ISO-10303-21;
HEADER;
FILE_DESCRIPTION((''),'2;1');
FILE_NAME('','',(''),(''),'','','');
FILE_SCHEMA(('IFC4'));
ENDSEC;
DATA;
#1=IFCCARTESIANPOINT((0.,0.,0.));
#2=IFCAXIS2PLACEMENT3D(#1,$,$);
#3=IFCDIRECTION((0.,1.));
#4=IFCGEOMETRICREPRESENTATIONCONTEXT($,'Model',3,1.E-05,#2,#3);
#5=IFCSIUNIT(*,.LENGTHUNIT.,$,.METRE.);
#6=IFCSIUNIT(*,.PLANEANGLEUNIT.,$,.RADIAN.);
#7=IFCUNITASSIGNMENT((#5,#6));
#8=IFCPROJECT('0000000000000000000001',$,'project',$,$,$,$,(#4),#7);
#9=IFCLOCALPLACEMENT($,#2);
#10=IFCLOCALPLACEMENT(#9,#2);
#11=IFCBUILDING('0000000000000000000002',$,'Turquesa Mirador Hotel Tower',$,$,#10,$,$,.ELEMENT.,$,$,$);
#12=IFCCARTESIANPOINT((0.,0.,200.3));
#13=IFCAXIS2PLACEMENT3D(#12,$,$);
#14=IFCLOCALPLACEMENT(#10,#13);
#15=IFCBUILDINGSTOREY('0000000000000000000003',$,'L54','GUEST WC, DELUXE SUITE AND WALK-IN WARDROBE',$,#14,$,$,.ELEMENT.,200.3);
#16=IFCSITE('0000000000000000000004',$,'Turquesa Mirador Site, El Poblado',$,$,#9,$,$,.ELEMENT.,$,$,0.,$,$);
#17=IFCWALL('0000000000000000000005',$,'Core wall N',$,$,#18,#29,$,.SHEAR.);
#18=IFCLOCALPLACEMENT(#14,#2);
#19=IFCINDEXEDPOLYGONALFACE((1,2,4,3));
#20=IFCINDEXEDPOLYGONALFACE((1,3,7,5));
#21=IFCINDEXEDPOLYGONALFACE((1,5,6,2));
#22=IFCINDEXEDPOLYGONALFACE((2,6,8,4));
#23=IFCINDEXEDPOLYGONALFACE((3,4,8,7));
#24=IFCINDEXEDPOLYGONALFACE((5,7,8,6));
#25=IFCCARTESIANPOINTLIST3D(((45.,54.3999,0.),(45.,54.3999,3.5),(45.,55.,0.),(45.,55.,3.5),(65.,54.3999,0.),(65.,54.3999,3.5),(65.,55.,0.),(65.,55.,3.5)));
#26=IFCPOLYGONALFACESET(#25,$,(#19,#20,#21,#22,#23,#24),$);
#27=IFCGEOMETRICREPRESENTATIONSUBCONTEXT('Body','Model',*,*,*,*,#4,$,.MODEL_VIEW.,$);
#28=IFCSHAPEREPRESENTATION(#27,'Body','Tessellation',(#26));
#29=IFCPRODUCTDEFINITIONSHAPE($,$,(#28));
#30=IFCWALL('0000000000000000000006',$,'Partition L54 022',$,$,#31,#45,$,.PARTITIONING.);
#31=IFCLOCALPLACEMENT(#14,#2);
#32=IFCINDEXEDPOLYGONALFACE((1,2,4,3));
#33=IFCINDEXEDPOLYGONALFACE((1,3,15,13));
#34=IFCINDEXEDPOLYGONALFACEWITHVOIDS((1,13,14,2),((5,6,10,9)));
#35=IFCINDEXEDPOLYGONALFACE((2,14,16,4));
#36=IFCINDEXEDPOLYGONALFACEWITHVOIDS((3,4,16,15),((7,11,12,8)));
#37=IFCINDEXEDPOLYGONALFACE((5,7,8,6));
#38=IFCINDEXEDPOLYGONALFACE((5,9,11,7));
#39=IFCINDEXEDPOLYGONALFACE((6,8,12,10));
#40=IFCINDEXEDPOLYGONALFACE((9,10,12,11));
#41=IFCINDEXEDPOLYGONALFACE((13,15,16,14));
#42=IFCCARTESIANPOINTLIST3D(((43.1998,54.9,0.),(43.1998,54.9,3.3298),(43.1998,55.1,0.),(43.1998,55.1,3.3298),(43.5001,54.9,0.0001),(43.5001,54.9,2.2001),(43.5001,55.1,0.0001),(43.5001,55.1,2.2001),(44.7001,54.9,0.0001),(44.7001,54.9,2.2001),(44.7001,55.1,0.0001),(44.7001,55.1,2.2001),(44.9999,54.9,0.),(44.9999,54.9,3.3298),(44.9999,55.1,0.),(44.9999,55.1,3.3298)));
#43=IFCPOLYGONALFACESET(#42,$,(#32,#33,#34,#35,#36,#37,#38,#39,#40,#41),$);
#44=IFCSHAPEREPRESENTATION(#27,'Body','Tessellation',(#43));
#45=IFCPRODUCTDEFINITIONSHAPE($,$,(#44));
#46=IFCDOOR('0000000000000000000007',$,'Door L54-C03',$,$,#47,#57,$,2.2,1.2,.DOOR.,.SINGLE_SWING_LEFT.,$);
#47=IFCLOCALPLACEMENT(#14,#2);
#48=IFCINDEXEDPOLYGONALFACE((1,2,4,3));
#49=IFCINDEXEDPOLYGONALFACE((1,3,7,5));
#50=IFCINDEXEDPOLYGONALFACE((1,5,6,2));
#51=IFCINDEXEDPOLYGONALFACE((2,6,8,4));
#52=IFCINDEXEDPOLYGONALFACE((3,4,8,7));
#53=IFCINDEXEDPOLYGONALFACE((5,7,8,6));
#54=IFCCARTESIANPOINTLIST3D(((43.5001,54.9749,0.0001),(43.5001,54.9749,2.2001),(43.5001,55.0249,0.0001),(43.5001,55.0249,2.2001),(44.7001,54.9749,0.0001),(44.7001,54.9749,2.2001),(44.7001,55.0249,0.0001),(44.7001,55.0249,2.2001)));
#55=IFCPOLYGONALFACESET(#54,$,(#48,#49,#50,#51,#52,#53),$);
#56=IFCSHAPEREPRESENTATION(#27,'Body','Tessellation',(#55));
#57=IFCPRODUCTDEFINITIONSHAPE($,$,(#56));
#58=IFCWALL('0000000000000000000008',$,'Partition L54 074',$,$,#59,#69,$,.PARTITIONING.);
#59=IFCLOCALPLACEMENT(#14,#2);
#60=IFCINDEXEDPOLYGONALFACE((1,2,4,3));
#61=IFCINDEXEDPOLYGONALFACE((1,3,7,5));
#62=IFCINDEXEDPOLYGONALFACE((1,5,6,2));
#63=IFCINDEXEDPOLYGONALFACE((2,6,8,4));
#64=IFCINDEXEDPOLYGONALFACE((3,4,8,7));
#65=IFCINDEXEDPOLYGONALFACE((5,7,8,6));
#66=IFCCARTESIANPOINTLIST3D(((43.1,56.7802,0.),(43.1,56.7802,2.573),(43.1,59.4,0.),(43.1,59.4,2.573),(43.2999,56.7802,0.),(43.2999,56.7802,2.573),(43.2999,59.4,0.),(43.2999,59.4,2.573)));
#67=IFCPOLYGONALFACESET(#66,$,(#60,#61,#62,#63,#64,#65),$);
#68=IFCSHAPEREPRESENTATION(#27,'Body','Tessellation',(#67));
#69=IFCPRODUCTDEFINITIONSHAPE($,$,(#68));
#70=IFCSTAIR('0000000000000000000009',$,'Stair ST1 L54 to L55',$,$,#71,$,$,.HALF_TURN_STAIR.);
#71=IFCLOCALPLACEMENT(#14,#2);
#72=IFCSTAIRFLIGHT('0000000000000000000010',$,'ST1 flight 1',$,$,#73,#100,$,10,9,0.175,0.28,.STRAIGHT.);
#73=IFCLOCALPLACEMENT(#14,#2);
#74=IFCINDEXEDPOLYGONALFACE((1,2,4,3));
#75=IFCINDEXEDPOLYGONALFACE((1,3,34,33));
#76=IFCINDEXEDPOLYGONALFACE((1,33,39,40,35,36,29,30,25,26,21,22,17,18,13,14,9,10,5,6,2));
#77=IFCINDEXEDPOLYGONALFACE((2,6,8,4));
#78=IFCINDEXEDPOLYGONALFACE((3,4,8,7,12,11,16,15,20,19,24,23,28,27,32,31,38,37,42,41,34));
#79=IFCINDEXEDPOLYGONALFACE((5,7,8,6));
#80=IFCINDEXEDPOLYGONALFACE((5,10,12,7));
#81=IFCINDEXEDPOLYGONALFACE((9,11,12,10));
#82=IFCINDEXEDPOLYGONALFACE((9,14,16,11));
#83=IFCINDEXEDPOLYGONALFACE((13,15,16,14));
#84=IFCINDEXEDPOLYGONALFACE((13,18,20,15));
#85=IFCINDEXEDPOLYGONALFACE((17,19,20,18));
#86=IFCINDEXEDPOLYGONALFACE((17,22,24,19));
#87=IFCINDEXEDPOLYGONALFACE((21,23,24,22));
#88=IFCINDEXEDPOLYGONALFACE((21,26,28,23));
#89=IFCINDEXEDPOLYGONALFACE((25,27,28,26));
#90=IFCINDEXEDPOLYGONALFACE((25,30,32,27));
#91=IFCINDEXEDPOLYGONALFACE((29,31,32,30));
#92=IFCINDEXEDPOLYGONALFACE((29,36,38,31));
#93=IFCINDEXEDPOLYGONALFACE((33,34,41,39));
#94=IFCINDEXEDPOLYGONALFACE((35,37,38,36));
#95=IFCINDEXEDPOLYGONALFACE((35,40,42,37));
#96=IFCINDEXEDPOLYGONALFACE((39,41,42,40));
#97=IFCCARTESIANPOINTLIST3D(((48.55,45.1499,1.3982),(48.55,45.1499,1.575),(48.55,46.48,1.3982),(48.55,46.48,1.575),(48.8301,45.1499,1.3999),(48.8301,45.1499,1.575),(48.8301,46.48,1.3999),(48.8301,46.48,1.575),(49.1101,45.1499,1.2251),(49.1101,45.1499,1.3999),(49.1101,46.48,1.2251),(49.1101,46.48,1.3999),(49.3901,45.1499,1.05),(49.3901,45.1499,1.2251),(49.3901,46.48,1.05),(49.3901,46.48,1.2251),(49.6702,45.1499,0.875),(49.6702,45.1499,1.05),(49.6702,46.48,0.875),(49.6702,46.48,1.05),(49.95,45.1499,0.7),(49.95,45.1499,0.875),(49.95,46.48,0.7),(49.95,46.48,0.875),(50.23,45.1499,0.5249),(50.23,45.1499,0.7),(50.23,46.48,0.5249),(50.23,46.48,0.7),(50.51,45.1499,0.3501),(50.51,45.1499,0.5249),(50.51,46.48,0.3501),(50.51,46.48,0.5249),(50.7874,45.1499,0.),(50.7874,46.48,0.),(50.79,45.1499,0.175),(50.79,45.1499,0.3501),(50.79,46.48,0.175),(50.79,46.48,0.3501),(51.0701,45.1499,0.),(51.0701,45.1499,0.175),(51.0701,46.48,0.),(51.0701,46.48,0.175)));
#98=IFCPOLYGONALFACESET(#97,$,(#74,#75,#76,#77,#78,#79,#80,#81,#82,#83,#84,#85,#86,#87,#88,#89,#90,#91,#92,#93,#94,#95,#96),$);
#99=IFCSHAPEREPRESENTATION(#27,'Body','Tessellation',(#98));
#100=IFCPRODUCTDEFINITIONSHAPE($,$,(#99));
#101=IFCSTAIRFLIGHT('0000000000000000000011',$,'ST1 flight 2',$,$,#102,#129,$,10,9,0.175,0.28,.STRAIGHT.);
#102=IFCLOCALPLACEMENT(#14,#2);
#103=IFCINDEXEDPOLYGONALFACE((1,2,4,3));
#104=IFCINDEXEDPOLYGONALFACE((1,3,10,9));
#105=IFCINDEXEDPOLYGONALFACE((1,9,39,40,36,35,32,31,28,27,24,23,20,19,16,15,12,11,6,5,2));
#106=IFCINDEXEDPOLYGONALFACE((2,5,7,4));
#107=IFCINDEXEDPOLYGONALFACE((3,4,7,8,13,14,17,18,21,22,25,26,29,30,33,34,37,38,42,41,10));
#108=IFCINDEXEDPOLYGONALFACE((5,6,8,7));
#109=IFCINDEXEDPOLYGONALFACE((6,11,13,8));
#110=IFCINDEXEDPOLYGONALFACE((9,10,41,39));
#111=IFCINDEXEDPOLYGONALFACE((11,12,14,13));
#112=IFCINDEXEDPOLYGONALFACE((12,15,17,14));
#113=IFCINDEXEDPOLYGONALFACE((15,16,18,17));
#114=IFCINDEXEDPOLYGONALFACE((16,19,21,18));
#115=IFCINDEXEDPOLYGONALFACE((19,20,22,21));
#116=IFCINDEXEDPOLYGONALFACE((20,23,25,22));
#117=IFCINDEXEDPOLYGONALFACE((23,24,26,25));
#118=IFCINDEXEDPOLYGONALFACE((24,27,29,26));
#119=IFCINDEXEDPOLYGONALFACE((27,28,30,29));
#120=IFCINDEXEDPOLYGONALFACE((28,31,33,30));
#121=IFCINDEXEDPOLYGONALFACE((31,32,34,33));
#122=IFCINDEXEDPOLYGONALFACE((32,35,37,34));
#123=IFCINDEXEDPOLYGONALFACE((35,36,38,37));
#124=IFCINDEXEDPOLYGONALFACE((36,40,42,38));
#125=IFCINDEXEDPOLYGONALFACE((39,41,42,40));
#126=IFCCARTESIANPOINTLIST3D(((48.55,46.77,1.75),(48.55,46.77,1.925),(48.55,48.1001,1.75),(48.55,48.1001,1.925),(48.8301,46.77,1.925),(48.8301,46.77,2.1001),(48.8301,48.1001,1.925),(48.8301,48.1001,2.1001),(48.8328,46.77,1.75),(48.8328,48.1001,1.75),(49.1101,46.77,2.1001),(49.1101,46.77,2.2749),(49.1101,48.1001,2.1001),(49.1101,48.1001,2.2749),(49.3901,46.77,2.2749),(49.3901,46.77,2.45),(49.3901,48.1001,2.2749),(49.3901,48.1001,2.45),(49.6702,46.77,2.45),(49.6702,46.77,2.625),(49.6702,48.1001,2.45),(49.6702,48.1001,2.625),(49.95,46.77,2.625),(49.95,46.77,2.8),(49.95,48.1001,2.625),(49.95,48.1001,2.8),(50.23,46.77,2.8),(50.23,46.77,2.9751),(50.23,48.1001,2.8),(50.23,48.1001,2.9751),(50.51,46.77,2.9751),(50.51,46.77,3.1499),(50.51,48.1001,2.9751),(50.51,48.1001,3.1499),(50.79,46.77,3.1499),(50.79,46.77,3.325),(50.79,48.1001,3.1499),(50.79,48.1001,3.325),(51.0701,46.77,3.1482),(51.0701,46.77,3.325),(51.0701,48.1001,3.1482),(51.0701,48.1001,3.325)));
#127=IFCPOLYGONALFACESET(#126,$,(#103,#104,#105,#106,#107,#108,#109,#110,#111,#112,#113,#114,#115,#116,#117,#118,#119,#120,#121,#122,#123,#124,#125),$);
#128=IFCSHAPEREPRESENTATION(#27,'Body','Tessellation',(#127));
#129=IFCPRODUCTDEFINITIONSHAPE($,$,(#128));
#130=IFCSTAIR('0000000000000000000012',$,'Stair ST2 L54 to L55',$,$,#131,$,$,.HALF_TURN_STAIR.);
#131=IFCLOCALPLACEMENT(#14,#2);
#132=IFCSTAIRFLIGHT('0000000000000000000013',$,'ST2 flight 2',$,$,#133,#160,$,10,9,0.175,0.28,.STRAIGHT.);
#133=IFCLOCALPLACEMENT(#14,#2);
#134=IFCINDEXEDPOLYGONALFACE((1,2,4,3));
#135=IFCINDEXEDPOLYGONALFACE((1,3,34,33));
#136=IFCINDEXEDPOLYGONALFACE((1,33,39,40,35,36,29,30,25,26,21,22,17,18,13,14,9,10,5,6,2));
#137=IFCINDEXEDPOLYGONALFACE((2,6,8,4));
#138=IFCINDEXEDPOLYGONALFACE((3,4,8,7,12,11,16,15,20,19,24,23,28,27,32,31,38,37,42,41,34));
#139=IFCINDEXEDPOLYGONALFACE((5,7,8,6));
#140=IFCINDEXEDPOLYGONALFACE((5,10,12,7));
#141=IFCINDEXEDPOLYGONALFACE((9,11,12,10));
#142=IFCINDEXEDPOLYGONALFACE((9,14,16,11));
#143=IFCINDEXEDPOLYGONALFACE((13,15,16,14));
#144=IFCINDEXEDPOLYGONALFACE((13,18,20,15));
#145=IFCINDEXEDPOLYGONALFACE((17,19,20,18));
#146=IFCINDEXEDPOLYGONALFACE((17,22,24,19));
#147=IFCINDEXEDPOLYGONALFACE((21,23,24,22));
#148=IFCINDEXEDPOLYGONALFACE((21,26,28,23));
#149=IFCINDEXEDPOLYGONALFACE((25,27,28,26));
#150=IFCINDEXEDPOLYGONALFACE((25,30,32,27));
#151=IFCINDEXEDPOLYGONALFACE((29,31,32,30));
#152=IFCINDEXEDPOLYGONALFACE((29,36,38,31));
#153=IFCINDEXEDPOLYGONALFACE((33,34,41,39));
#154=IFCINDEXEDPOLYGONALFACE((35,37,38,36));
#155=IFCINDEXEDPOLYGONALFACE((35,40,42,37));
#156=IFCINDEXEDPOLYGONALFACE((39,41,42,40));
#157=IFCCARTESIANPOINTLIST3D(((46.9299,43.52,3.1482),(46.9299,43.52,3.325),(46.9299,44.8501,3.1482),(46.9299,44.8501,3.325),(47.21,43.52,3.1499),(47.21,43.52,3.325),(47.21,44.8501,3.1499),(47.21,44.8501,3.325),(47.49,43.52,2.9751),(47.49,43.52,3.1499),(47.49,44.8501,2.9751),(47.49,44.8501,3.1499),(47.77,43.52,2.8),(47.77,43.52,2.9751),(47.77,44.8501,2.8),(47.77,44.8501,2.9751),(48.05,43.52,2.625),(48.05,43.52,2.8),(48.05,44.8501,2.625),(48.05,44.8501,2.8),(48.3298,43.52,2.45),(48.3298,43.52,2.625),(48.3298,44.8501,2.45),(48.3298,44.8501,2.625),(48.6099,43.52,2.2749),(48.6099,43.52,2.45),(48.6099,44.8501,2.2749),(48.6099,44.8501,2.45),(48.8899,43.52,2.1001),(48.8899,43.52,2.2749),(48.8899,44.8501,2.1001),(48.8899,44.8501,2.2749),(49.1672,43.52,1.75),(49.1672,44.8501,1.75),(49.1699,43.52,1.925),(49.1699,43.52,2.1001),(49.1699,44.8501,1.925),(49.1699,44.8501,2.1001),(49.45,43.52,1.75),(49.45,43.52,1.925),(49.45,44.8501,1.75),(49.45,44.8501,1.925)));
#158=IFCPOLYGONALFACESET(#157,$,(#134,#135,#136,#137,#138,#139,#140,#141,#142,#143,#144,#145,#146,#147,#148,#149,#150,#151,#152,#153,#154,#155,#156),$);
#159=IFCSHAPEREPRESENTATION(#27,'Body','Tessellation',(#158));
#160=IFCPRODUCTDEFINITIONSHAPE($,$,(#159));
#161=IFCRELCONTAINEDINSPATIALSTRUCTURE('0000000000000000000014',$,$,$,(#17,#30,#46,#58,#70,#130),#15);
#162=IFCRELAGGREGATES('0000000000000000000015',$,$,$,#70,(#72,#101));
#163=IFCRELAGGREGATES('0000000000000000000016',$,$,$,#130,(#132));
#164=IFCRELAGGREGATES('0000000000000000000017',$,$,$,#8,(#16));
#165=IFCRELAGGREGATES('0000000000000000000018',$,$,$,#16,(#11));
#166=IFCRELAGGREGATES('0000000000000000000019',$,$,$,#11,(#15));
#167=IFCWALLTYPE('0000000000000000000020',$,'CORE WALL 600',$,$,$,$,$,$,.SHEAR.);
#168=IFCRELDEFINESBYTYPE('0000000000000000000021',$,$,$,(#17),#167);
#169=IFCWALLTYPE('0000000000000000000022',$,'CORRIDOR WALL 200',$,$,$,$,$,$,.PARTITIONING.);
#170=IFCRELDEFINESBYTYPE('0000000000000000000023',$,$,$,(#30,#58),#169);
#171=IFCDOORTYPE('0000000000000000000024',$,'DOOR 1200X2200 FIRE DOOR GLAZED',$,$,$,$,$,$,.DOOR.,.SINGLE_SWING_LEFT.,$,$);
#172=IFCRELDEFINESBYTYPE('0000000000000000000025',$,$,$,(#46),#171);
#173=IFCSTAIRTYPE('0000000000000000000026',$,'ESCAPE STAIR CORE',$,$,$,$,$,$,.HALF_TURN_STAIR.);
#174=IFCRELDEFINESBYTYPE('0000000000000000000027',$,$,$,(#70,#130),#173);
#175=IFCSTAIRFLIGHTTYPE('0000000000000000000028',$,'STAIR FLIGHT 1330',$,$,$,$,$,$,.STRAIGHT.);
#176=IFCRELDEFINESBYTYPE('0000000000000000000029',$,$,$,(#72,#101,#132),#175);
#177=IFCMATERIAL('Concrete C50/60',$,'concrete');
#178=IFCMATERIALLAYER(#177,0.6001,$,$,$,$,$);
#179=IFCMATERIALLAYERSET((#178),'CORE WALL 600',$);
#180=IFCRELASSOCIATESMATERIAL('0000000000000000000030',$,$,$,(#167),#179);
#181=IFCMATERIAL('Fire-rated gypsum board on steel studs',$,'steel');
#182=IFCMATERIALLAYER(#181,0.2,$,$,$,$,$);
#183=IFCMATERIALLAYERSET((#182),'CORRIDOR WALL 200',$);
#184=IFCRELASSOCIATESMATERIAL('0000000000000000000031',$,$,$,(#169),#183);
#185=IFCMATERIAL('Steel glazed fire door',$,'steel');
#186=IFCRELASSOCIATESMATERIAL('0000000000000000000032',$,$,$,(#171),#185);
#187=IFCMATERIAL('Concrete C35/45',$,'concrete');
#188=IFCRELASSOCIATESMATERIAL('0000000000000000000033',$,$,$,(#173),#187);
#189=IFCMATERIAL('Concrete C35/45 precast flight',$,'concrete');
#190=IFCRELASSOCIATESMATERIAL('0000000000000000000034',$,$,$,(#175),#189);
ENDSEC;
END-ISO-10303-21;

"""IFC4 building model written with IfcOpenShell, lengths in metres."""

from ifc_helpers import new_model, si_unit, direction, frame, frame_2d, origin, place, context, subcontext, project, spatial, polyline, rectangle, outline, extrude, material, layer, layer_set, type_object, element, fill, aggregate, save


model = new_model("IFC4")

# Units and contexts
model_context = context("Model", 3, precision=1e-05, world=origin(), true_north=direction((0.0, 1.0)))
body_context = subcontext(model_context, "Body", "Model", "MODEL_VIEW")
ifc_project = project(units=[si_unit("LENGTHUNIT", "METRE"), si_unit("PLANEANGLEUNIT", "RADIAN")], contexts=[model_context])

# Site, building, storey
site_placement = place(None, origin())
site = spatial("IfcSite", under=ifc_project, at=site_placement, Name="Turquesa Mirador Site, El Poblado", CompositionType="ELEMENT", RefElevation=0.0)
building_placement = place(site_placement, origin())
building = spatial("IfcBuilding", under=site, at=building_placement, Name="Turquesa Mirador Hotel Tower", CompositionType="ELEMENT")
storey_placement = place(building_placement, frame((0.0, 0.0, 200.3)))
storey = spatial("IfcBuildingStorey", under=building, at=storey_placement, Name="L54", Description="GUEST WC, DELUXE SUITE AND WALK-IN WARDROBE", CompositionType="ELEMENT", Elevation=200.3)

# Wall
ifc_material_1 = material(Name="Concrete C50/60", Category="concrete")
ifc_layer_1 = layer(ifc_material_1, 0.6001)
ifc_layer_set_1 = layer_set([ifc_layer_1], Name="CORE WALL 600")
wall_type_1 = type_object("IfcWallType", Name="CORE WALL 600", PredefinedType="SHEAR", material=ifc_layer_set_1)
wall_1_placement = place(storey_placement, frame((45.0, 54.7, 0.0), z_axis=(0.0, 0.0, 1.0), x_axis=(1.0, 0.0, 0.0)))
element("IfcWall", 1, at=wall_1_placement, inside=storey, type_object=wall_type_1, Name="Core wall N", PredefinedType="SHEAR", context=body_context, shape_type="SweptSolid", body=[
    extrude(rectangle(XDim=20.0, YDim=0.6001, at=frame_2d((10.0, 0.0))), origin(), (0.0, 0.0, 1.0), 3.5),
])

# Wall, opening, door
ifc_material_2 = material(Name="Fire-rated gypsum board on steel studs", Category="steel")
ifc_layer_2 = layer(ifc_material_2, 0.2)
ifc_layer_set_2 = layer_set([ifc_layer_2], Name="CORRIDOR WALL 200")
wall_type_2 = type_object("IfcWallType", Name="CORRIDOR WALL 200", PredefinedType="PARTITIONING", material=ifc_layer_set_2)
wall_2_placement = place(storey_placement, frame((43.2, 55.0, 0.0), z_axis=(0.0, 0.0, 1.0), x_axis=(1.0, 0.0, 0.0)))
wall_2 = element("IfcWall", 2, at=wall_2_placement, inside=storey, type_object=wall_type_2, Name="Partition L54 022", PredefinedType="PARTITIONING", context=body_context, shape_type="SweptSolid", body=[
    extrude(rectangle(XDim=1.8, YDim=0.2, at=frame_2d((0.8999, 0.0))), origin(), (0.0, 0.0, 1.0), 3.3298),
])
opening_1_placement = place(wall_2_placement, frame((0.3, 0.0, 0.0)))
opening_1 = element("IfcOpeningElement", 3, at=opening_1_placement, cuts=wall_2, PredefinedType="OPENING", context=body_context, shape_type="SweptSolid", body=[
    extrude(rectangle(XDim=1.2, YDim=2.2, at=frame_2d((0.6001, 1.1001))), frame((0.0, 0.1099, 0.0), z_axis=(0.0, -1.0, 0.0), x_axis=(1.0, 0.0, 0.0)), (0.0, 0.0, 1.0), 0.22),
])
ifc_material_3 = material(Name="Steel glazed fire door", Category="steel")
door_type_1 = type_object("IfcDoorType", Name="DOOR 1200X2200 FIRE DOOR GLAZED", OperationType="SINGLE_SWING_LEFT", PredefinedType="DOOR", material=ifc_material_3)
door_1_placement = place(opening_1_placement, origin())
door_1 = element("IfcDoor", 4, at=door_1_placement, inside=storey, type_object=door_type_1, Name="Door L54-C03", OperationType="SINGLE_SWING_LEFT", OverallHeight=2.2, OverallWidth=1.2, PredefinedType="DOOR", context=body_context, shape_type="SweptSolid", body=[
    extrude(rectangle(XDim=1.2, YDim=2.2, at=frame_2d((0.6001, 1.1001))), frame((0.0, 0.0249, 0.0), z_axis=(0.0, -1.0, 0.0), x_axis=(1.0, 0.0, 0.0)), (0.0, 0.0, 1.0), 0.05),
])
fill(opening_1, door_1)

# Wall
wall_3_placement = place(storey_placement, frame((43.2, 56.78, 0.0), z_axis=(0.0, 0.0, 1.0), x_axis=(0.0, 1.0, 0.0)))
element("IfcWall", 5, at=wall_3_placement, inside=storey, type_object=wall_type_2, Name="Partition L54 074", PredefinedType="PARTITIONING", context=body_context, shape_type="SweptSolid", body=[
    extrude(rectangle(XDim=2.6199, YDim=0.2, at=frame_2d((1.3101, 0.0))), origin(), (0.0, 0.0, 1.0), 2.573),
])

# Stair, stair flights
ifc_material_4 = material(Name="Concrete C35/45", Category="concrete")
stair_type = type_object("IfcStairType", Name="ESCAPE STAIR CORE", PredefinedType="HALF_TURN_STAIR", material=ifc_material_4)
stair_1_placement = place(storey_placement, origin())
stair_1 = element("IfcStair", 6, at=stair_1_placement, inside=storey, type_object=stair_type, Name="Stair ST1 L54 to L55", PredefinedType="HALF_TURN_STAIR")
ifc_material_5 = material(Name="Concrete C35/45 precast flight", Category="concrete")
stair_flight_type = type_object("IfcStairFlightType", Name="STAIR FLIGHT 1330", PredefinedType="STRAIGHT", material=ifc_material_5)
stair_flight_1_placement = place(storey_placement, frame((51.0701, 45.8149, 0.0), z_axis=(0.0, 0.0, 1.0), x_axis=(-1.0, 0.0, 0.0)))
stair_flight_1 = element("IfcStairFlight", 7, at=stair_flight_1_placement, type_object=stair_flight_type, Name="ST1 flight 1", NumberOfRisers=10, NumberOfTreads=9, PredefinedType="STRAIGHT", RiserHeight=0.175, TreadLength=0.28, context=body_context, shape_type="SweptSolid", body=[
    extrude(outline(polyline([(0.0, 0.0), (0.0, 0.175), (0.28, 0.175), (0.28, 0.3501), (0.5601, 0.3501), (0.5601, 0.5249), (0.8401, 0.5249), (0.8401, 0.7), (1.1201, 0.7), (1.1201, 0.875), (1.3999, 0.875), (1.3999, 1.05), (1.6799, 1.05), (1.6799, 1.2251), (1.96, 1.2251), (1.96, 1.3999), (2.24, 1.3999), (2.24, 1.575), (2.52, 1.575), (2.52, 1.75), (2.52, 1.3982), (0.2827, 0.0), (0.0, 0.0)])), frame((0.0, 0.665, 0.0), z_axis=(0.0, -1.0, 0.0), x_axis=(1.0, 0.0, 0.0)), (0.0, 0.0, 1.0), 1.3301),
])
stair_flight_2_placement = place(storey_placement, frame((48.55, 47.4351, 1.75), z_axis=(0.0, 0.0, 1.0), x_axis=(1.0, 0.0, 0.0)))
stair_flight_2 = element("IfcStairFlight", 8, at=stair_flight_2_placement, type_object=stair_flight_type, Name="ST1 flight 2", NumberOfRisers=10, NumberOfTreads=9, PredefinedType="STRAIGHT", RiserHeight=0.175, TreadLength=0.28, context=body_context, shape_type="SweptSolid", body=[
    extrude(outline(polyline([(0.0, 0.0), (0.0, 0.175), (0.28, 0.175), (0.28, 0.3501), (0.5601, 0.3501), (0.5601, 0.5249), (0.8401, 0.5249), (0.8401, 0.7), (1.1201, 0.7), (1.1201, 0.875), (1.3999, 0.875), (1.3999, 1.05), (1.6799, 1.05), (1.6799, 1.2251), (1.96, 1.2251), (1.96, 1.3999), (2.24, 1.3999), (2.24, 1.575), (2.52, 1.575), (2.52, 1.75), (2.52, 1.3982), (0.2827, 0.0), (0.0, 0.0)])), frame((0.0, 0.665, 0.0), z_axis=(0.0, -1.0, 0.0), x_axis=(1.0, 0.0, 0.0)), (0.0, 0.0, 1.0), 1.3301),
])
aggregate(stair_1, [stair_flight_1, stair_flight_2])

# Stair, stair flight
stair_2_placement = place(storey_placement, origin())
stair_2 = element("IfcStair", 9, at=stair_2_placement, inside=storey, type_object=stair_type, Name="Stair ST2 L54 to L55", PredefinedType="HALF_TURN_STAIR")
stair_flight_3_placement = place(storey_placement, frame((49.45, 44.1851, 1.75), z_axis=(0.0, 0.0, 1.0), x_axis=(-1.0, 0.0, 0.0)))
stair_flight_3 = element("IfcStairFlight", 10, at=stair_flight_3_placement, type_object=stair_flight_type, Name="ST2 flight 2", NumberOfRisers=10, NumberOfTreads=9, PredefinedType="STRAIGHT", RiserHeight=0.175, TreadLength=0.28, context=body_context, shape_type="SweptSolid", body=[
    extrude(outline(polyline([(0.0, 0.0), (0.0, 0.175), (0.28, 0.175), (0.28, 0.3501), (0.5601, 0.3501), (0.5601, 0.5249), (0.8401, 0.5249), (0.8401, 0.7), (1.1201, 0.7), (1.1201, 0.875), (1.3999, 0.875), (1.3999, 1.05), (1.6799, 1.05), (1.6799, 1.2251), (1.96, 1.2251), (1.96, 1.3999), (2.24, 1.3999), (2.24, 1.575), (2.52, 1.575), (2.52, 1.75), (2.52, 1.3982), (0.2827, 0.0), (0.0, 0.0)])), frame((0.0, 0.665, 0.0), z_axis=(0.0, -1.0, 0.0), x_axis=(1.0, 0.0, 0.0)), (0.0, 0.0, 1.0), 1.3301),
])
aggregate(stair_2, [stair_flight_3])

save(model, "model.ifc")
